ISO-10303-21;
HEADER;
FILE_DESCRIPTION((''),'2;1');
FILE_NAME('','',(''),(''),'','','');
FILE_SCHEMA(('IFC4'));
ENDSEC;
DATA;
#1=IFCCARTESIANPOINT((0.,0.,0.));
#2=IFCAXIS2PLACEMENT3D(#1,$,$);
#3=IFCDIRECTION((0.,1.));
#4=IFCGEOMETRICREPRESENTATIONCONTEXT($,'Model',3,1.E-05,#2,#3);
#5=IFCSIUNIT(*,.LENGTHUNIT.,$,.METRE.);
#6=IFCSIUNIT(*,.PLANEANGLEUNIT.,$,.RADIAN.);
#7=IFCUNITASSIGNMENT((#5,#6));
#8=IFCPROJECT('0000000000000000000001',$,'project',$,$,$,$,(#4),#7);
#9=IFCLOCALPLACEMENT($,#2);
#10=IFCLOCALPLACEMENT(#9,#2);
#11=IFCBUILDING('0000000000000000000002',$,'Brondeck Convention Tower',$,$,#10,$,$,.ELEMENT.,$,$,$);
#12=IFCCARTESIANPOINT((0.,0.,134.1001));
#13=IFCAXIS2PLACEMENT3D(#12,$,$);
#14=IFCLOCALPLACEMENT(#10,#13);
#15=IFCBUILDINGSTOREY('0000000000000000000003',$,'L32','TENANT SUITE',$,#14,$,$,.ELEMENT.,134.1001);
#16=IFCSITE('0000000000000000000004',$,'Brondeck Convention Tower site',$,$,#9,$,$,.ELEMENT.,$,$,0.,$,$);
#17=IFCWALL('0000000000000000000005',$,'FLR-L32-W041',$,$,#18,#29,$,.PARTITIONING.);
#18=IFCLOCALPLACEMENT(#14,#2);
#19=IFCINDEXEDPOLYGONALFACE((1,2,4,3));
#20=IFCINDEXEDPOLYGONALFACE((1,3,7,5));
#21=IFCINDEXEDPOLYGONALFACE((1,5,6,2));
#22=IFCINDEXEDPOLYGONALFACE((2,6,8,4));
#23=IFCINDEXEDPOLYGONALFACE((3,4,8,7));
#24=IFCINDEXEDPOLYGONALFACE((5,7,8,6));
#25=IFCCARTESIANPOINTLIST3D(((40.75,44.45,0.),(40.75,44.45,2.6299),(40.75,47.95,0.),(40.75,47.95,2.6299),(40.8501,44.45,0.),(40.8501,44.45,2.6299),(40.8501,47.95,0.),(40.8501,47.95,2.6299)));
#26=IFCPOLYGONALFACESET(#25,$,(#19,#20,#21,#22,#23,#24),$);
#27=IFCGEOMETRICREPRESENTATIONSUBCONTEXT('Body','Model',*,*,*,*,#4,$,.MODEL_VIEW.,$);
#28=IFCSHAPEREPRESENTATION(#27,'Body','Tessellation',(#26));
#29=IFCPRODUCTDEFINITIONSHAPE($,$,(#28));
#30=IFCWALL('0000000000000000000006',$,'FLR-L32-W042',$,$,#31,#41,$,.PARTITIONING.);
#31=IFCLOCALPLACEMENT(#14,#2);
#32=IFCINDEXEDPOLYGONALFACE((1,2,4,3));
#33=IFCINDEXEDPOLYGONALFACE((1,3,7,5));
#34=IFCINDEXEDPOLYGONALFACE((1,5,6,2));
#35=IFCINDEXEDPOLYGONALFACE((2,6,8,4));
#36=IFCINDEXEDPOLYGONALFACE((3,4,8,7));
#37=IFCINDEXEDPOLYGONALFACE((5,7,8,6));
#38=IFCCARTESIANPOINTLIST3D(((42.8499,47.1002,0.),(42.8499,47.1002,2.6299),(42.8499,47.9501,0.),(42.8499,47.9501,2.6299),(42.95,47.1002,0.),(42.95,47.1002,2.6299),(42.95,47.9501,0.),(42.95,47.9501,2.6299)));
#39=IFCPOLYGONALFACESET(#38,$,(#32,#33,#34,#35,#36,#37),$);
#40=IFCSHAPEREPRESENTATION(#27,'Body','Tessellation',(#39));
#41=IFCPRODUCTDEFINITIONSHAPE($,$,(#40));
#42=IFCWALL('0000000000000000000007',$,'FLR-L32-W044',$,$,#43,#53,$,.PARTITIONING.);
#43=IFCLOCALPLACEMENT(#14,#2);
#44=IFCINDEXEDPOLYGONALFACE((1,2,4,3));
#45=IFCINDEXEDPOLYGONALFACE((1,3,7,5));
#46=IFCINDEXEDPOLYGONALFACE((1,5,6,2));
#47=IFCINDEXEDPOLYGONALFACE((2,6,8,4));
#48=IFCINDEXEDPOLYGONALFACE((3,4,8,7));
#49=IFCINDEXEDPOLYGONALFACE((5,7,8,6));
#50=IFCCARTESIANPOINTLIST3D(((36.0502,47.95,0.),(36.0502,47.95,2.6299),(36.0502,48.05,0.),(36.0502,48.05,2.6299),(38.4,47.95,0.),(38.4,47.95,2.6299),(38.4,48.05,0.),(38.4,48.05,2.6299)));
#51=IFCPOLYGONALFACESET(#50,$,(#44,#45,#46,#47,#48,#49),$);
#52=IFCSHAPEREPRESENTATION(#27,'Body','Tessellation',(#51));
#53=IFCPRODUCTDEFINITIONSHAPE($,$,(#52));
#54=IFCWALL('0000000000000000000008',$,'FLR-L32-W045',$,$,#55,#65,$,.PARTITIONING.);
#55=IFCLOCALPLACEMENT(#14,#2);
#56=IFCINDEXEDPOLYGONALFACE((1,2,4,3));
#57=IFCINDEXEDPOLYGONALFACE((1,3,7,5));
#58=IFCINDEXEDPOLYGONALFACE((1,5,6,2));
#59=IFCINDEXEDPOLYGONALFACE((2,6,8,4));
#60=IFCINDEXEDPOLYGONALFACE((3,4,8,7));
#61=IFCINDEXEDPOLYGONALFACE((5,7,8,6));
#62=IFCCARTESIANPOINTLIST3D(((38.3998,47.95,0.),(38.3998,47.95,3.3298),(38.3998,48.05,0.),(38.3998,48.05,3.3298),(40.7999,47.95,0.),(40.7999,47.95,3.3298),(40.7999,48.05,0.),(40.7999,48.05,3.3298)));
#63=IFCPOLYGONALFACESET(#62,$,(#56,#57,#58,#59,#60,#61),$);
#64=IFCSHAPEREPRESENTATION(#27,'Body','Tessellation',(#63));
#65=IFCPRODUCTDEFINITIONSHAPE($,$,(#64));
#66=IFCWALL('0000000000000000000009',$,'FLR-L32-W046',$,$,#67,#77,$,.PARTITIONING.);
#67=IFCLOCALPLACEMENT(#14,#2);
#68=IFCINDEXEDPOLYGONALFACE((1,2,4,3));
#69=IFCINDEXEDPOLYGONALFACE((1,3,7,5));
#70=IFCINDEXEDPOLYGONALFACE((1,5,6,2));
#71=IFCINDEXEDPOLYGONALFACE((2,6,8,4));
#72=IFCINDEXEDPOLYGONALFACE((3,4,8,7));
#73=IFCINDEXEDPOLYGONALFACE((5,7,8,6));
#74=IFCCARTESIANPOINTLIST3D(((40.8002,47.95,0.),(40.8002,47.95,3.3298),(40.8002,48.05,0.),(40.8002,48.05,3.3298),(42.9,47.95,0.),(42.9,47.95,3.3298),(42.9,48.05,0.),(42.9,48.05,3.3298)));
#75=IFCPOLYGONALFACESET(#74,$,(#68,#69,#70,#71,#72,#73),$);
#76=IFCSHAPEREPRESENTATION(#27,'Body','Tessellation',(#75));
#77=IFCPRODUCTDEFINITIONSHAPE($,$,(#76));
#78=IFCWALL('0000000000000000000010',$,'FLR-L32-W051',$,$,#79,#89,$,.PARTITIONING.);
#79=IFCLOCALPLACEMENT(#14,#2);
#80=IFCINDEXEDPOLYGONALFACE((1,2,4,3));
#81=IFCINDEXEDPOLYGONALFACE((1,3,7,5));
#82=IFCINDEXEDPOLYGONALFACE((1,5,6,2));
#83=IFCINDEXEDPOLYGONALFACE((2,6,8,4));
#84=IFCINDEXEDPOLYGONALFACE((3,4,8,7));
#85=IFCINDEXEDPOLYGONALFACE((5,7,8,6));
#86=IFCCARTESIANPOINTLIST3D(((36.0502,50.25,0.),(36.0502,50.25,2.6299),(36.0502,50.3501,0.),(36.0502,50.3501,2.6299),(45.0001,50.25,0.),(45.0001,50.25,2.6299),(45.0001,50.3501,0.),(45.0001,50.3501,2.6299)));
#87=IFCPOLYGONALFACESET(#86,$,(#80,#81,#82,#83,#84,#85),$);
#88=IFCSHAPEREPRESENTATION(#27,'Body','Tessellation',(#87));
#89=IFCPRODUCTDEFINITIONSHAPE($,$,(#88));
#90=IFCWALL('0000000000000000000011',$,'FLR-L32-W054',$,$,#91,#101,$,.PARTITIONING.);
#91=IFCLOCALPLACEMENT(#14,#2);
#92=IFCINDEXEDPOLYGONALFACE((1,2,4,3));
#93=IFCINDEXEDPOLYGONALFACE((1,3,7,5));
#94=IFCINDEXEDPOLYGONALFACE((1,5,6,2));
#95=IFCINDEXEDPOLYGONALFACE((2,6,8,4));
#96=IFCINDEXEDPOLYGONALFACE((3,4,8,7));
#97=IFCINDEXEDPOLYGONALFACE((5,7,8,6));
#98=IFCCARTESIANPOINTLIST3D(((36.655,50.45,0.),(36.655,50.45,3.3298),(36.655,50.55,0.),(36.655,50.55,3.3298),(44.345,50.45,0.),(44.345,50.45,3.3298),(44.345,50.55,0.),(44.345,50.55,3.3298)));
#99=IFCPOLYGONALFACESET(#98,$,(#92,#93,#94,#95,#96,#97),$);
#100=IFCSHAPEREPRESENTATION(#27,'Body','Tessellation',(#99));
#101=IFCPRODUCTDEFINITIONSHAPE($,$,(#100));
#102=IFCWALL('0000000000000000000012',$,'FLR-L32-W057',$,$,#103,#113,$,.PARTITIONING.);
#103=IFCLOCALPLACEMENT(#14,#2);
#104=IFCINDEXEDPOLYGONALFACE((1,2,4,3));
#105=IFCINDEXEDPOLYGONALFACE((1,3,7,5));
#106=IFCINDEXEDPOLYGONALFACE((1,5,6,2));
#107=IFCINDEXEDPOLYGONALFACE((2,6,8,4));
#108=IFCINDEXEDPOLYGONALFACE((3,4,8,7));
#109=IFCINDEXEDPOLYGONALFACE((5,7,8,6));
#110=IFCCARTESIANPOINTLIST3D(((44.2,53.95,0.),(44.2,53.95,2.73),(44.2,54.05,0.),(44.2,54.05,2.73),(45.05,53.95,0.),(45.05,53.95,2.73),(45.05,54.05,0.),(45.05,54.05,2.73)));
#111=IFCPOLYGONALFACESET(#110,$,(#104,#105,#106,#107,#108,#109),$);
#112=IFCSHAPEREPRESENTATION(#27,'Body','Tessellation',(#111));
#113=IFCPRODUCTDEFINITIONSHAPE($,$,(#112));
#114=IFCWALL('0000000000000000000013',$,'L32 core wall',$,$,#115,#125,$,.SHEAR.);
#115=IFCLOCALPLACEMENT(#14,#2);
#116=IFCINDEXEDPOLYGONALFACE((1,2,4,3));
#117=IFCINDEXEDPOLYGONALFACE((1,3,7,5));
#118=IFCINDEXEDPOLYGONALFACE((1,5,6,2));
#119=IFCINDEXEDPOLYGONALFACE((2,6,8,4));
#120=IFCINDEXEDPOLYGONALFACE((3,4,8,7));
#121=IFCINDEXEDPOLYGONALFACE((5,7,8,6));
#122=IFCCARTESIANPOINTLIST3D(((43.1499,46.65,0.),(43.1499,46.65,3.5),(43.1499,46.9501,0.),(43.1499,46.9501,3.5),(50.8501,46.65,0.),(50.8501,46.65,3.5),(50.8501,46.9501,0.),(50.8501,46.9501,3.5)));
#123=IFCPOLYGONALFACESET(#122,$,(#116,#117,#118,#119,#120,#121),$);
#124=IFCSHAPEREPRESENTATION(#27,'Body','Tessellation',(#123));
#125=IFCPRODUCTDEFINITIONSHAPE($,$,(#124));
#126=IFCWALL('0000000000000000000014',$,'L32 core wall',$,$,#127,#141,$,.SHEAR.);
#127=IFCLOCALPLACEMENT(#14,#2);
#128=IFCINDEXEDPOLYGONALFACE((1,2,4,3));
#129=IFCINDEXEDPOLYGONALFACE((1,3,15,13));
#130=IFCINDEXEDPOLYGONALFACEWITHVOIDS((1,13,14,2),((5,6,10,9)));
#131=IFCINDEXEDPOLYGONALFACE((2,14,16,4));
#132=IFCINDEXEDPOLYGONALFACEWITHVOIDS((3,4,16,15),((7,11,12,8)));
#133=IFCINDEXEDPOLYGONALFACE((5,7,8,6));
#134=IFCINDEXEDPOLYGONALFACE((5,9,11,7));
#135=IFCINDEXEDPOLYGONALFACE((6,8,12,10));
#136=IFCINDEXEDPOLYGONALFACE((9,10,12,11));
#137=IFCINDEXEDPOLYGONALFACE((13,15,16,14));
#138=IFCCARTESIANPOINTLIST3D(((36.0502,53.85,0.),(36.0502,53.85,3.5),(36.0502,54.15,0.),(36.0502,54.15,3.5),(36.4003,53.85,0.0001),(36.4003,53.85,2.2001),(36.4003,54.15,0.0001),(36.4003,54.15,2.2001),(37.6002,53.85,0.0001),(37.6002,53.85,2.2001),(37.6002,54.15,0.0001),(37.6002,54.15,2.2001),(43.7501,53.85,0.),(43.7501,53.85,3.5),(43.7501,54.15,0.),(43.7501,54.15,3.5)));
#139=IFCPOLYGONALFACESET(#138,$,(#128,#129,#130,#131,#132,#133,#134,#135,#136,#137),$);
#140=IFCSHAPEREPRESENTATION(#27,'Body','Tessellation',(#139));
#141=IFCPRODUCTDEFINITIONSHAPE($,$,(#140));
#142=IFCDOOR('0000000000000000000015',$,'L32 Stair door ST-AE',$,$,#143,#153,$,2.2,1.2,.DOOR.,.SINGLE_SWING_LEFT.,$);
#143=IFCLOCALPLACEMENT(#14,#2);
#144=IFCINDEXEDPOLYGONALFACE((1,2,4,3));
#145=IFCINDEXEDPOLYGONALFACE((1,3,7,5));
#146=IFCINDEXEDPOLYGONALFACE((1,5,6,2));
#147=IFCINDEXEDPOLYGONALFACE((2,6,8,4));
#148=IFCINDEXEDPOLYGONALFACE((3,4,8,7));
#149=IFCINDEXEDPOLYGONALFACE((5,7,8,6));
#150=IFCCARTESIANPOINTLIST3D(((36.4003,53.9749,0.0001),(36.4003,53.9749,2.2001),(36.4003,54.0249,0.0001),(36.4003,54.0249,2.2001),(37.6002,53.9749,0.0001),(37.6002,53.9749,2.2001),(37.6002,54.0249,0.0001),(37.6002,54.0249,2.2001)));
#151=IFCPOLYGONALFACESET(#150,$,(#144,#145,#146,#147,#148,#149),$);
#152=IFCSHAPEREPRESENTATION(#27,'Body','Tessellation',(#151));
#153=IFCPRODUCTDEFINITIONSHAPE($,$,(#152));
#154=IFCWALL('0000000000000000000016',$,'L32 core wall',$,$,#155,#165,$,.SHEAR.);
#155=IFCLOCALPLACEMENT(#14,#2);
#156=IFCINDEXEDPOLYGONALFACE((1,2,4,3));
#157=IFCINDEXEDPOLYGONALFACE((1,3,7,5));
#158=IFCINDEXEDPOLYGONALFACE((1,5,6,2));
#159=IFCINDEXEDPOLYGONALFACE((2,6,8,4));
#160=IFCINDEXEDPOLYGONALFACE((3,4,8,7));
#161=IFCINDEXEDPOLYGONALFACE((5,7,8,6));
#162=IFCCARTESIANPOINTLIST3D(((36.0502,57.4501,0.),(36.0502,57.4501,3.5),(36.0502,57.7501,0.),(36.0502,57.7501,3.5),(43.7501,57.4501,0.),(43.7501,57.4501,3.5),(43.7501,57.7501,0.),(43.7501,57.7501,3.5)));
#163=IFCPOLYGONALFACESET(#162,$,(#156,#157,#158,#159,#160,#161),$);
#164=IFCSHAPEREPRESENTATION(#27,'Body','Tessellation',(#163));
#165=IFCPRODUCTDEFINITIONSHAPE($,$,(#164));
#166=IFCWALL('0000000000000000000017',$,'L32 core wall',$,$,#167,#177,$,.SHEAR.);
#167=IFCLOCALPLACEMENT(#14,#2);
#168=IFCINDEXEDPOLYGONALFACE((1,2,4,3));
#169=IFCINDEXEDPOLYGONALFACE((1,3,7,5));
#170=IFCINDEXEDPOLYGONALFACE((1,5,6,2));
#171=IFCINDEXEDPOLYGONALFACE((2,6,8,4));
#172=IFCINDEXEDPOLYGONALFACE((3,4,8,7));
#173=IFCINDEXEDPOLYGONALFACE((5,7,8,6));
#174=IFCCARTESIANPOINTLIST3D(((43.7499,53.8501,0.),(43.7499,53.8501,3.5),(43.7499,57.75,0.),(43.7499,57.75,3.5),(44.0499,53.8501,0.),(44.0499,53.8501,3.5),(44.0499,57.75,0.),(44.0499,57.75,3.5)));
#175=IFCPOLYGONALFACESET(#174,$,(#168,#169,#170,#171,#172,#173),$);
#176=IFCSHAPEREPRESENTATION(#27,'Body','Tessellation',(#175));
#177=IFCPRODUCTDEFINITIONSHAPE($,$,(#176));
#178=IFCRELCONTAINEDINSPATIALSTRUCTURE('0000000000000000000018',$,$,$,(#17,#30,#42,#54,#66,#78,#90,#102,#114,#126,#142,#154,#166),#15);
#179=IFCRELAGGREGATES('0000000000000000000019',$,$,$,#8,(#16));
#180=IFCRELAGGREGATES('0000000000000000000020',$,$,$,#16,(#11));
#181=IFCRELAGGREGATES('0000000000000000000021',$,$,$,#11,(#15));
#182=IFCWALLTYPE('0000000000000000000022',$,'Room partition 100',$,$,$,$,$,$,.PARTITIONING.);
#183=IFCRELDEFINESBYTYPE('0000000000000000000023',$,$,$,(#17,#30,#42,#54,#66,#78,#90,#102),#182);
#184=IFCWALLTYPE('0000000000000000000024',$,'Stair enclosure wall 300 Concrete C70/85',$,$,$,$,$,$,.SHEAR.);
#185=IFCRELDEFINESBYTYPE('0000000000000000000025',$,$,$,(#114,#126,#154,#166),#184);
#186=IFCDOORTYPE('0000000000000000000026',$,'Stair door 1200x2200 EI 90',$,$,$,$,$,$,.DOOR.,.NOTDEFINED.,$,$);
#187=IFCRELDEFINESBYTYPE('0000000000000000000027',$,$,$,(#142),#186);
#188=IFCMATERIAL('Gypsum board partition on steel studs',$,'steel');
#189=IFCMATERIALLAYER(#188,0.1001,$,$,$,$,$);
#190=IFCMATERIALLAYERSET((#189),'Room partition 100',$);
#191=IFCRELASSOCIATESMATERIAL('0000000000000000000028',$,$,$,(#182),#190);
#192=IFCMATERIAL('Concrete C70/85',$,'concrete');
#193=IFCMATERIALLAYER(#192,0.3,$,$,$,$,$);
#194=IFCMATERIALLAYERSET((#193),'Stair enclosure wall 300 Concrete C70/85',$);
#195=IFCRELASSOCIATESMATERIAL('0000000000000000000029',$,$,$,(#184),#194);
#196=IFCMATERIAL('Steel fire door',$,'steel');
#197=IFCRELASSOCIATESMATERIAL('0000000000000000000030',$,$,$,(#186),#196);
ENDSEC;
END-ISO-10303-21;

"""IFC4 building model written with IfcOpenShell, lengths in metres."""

from ifc_helpers import new_model, si_unit, direction, frame, frame_2d, origin, place, context, subcontext, project, spatial, rectangle, extrude, material, layer, layer_set, type_object, element, fill, save


model = new_model("IFC4")

# Units and contexts
model_context = context("Model", 3, precision=1e-05, world=origin(), true_north=direction((0.0, 1.0)))
body_context = subcontext(model_context, "Body", "Model", "MODEL_VIEW")
ifc_project = project(units=[si_unit("LENGTHUNIT", "METRE"), si_unit("PLANEANGLEUNIT", "RADIAN")], contexts=[model_context])

# Site, building, storey
site_placement = place(None, origin())
site = spatial("IfcSite", under=ifc_project, at=site_placement, Name="Brondeck Convention Tower site", CompositionType="ELEMENT", RefElevation=0.0)
building_placement = place(site_placement, origin())
building = spatial("IfcBuilding", under=site, at=building_placement, Name="Brondeck Convention Tower", CompositionType="ELEMENT")
storey_placement = place(building_placement, frame((0.0, 0.0, 134.1001)))
storey = spatial("IfcBuildingStorey", under=building, at=storey_placement, Name="L32", Description="TENANT SUITE", CompositionType="ELEMENT", Elevation=134.1001)

# Shared definitions
ifc_material_1 = material(Name="Concrete C70/85", Category="concrete")

# Shared definitions
ifc_material_2 = material(Name="Gypsum board partition on steel studs", Category="steel")
ifc_layer_1 = layer(ifc_material_2, 0.1001)
ifc_layer_set_1 = layer_set([ifc_layer_1], Name="Room partition 100")
wall_type_1 = type_object("IfcWallType", Name="Room partition 100", PredefinedType="PARTITIONING", material=ifc_layer_set_1)

# Walls
for number, where, z_axis, x_axis, name in (
    (1, (40.8, 47.95, 0.0), (0.0, 0.0, 1.0), (0.0, -1.0, 0.0), "FLR-L32-W041"),
):
    element("IfcWall", number, at=place(storey_placement, frame(where, z_axis=z_axis, x_axis=x_axis)), inside=storey, type_object=wall_type_1, Name=name, PredefinedType="PARTITIONING", context=body_context, shape_type="SweptSolid", body=[
        extrude(rectangle(XDim=3.5, YDim=0.1001, at=frame_2d((1.75, 0.0))), origin(), (0.0, 0.0, 1.0), 2.6299),
    ])
wall_1_placement = place(storey_placement, frame((42.8999, 47.95, 0.0), z_axis=(0.0, 0.0, 1.0), x_axis=(0.0, -1.0, 0.0)))
element("IfcWall", 2, at=wall_1_placement, inside=storey, type_object=wall_type_1, Name="FLR-L32-W042", PredefinedType="PARTITIONING", context=body_context, shape_type="SweptSolid", body=[
    extrude(rectangle(XDim=0.8499, YDim=0.1001, at=frame_2d((0.4248, 0.0))), origin(), (0.0, 0.0, 1.0), 2.6299),
])
wall_2_placement = place(storey_placement, frame((38.3999, 48.0, 0.0), z_axis=(0.0, 0.0, 1.0), x_axis=(-1.0, 0.0, 0.0)))
element("IfcWall", 3, at=wall_2_placement, inside=storey, type_object=wall_type_1, Name="FLR-L32-W044", PredefinedType="PARTITIONING", context=body_context, shape_type="SweptSolid", body=[
    extrude(rectangle(XDim=2.3499, YDim=0.1001, at=frame_2d((1.1748, 0.0))), origin(), (0.0, 0.0, 1.0), 2.6299),
])
wall_3_placement = place(storey_placement, frame((40.8, 48.0, 0.0), z_axis=(0.0, 0.0, 1.0), x_axis=(-1.0, 0.0, 0.0)))
element("IfcWall", 4, at=wall_3_placement, inside=storey, type_object=wall_type_1, Name="FLR-L32-W045", PredefinedType="PARTITIONING", context=body_context, shape_type="SweptSolid", body=[
    extrude(rectangle(XDim=2.4001, YDim=0.1001, at=frame_2d((1.2002, 0.0))), origin(), (0.0, 0.0, 1.0), 3.3298),
])
wall_4_placement = place(storey_placement, frame((42.8999, 48.0, 0.0), z_axis=(0.0, 0.0, 1.0), x_axis=(-1.0, 0.0, 0.0)))
element("IfcWall", 5, at=wall_4_placement, inside=storey, type_object=wall_type_1, Name="FLR-L32-W046", PredefinedType="PARTITIONING", context=body_context, shape_type="SweptSolid", body=[
    extrude(rectangle(XDim=2.0999, YDim=0.1001, at=frame_2d((1.0498, 0.0))), origin(), (0.0, 0.0, 1.0), 3.3298),
])
wall_5_placement = place(storey_placement, frame((36.05, 50.3, 0.0), z_axis=(0.0, 0.0, 1.0), x_axis=(1.0, 0.0, 0.0)))
element("IfcWall", 6, at=wall_5_placement, inside=storey, type_object=wall_type_1, Name="FLR-L32-W051", PredefinedType="PARTITIONING", context=body_context, shape_type="SweptSolid", body=[
    extrude(rectangle(XDim=8.95, YDim=0.1001, at=frame_2d((4.4751, 0.0))), origin(), (0.0, 0.0, 1.0), 2.6299),
])
wall_6_placement = place(storey_placement, frame((44.345, 50.5, 0.0), z_axis=(0.0, 0.0, 1.0), x_axis=(-1.0, 0.0, 0.0)))
element("IfcWall", 7, at=wall_6_placement, inside=storey, type_object=wall_type_1, Name="FLR-L32-W054", PredefinedType="PARTITIONING", context=body_context, shape_type="SweptSolid", body=[
    extrude(rectangle(XDim=7.6899, YDim=0.1001, at=frame_2d((3.845, 0.0))), origin(), (0.0, 0.0, 1.0), 3.3298),
])
wall_7_placement = place(storey_placement, frame((44.2, 54.0, 0.0), z_axis=(0.0, 0.0, 1.0), x_axis=(1.0, 0.0, 0.0)))
element("IfcWall", 8, at=wall_7_placement, inside=storey, type_object=wall_type_1, Name="FLR-L32-W057", PredefinedType="PARTITIONING", context=body_context, shape_type="SweptSolid", body=[
    extrude(rectangle(XDim=0.8501, YDim=0.1001, at=frame_2d((0.425, 0.0))), origin(), (0.0, 0.0, 1.0), 2.73),
])
ifc_layer_2 = layer(ifc_material_1, 0.3)
ifc_layer_set_2 = layer_set([ifc_layer_2], Name="Stair enclosure wall 300 Concrete C70/85")
wall_type_2 = type_object("IfcWallType", Name="Stair enclosure wall 300 Concrete C70/85", PredefinedType="SHEAR", material=ifc_layer_set_2)
wall_8_placement = place(storey_placement, frame((43.1499, 46.8, 0.0), z_axis=(0.0, 0.0, 1.0), x_axis=(1.0, 0.0, 0.0)))
element("IfcWall", 9, at=wall_8_placement, inside=storey, type_object=wall_type_2, Name="L32 core wall", PredefinedType="SHEAR", context=body_context, shape_type="SweptSolid", body=[
    extrude(rectangle(XDim=7.7002, YDim=0.3, at=frame_2d((3.8501, 0.0))), origin(), (0.0, 0.0, 1.0), 3.5),
])

# Wall, opening, door
wall_9_placement = place(storey_placement, frame((36.05, 54.0, 0.0), z_axis=(0.0, 0.0, 1.0), x_axis=(1.0, 0.0, 0.0)))
wall_9 = element("IfcWall", 10, at=wall_9_placement, inside=storey, type_object=wall_type_2, Name="L32 core wall", PredefinedType="SHEAR", context=body_context, shape_type="SweptSolid", body=[
    extrude(rectangle(XDim=7.7, YDim=0.3, at=frame_2d((3.8501, 0.0))), origin(), (0.0, 0.0, 1.0), 3.5),
])
opening_1_placement = place(wall_9_placement, frame((0.3501, 0.0, 0.0)))
opening_1 = element("IfcOpeningElement", 11, at=opening_1_placement, cuts=wall_9, PredefinedType="OPENING", context=body_context, shape_type="SweptSolid", body=[
    extrude(rectangle(XDim=1.2, YDim=2.2, at=frame_2d((0.6001, 1.1001))), frame((0.0, 0.1599, 0.0), z_axis=(0.0, -1.0, 0.0), x_axis=(1.0, 0.0, 0.0)), (0.0, 0.0, 1.0), 0.3201),
])
ifc_material_3 = material(Name="Steel fire door", Category="steel")
door_type_1 = type_object("IfcDoorType", Name="Stair door 1200x2200 EI 90", OperationType="NOTDEFINED", PredefinedType="DOOR", material=ifc_material_3)
door_1_placement = place(opening_1_placement, origin())
door_1 = element("IfcDoor", 12, at=door_1_placement, inside=storey, type_object=door_type_1, Name="L32 Stair door ST-AE", OperationType="SINGLE_SWING_LEFT", OverallHeight=2.2, OverallWidth=1.2, PredefinedType="DOOR", context=body_context, shape_type="SweptSolid", body=[
    extrude(rectangle(XDim=1.2, YDim=2.2, at=frame_2d((0.6001, 1.1001))), frame((0.0, 0.0249, 0.0), z_axis=(0.0, -1.0, 0.0), x_axis=(1.0, 0.0, 0.0)), (0.0, 0.0, 1.0), 0.05),
])
fill(opening_1, door_1)

# Walls
wall_10_placement = place(storey_placement, frame((36.05, 57.6001, 0.0), z_axis=(0.0, 0.0, 1.0), x_axis=(1.0, 0.0, 0.0)))
element("IfcWall", 13, at=wall_10_placement, inside=storey, type_object=wall_type_2, Name="L32 core wall", PredefinedType="SHEAR", context=body_context, shape_type="SweptSolid", body=[
    extrude(rectangle(XDim=7.7, YDim=0.3, at=frame_2d((3.8501, 0.0))), origin(), (0.0, 0.0, 1.0), 3.5),
])
wall_11_placement = place(storey_placement, frame((43.8999, 53.8501, 0.0), z_axis=(0.0, 0.0, 1.0), x_axis=(0.0, 1.0, 0.0)))
element("IfcWall", 14, at=wall_11_placement, inside=storey, type_object=wall_type_2, Name="L32 core wall", PredefinedType="SHEAR", context=body_context, shape_type="SweptSolid", body=[
    extrude(rectangle(XDim=3.8999, YDim=0.3, at=frame_2d((1.95, 0.0))), origin(), (0.0, 0.0, 1.0), 3.5),
])

save(model, "model.ifc")
